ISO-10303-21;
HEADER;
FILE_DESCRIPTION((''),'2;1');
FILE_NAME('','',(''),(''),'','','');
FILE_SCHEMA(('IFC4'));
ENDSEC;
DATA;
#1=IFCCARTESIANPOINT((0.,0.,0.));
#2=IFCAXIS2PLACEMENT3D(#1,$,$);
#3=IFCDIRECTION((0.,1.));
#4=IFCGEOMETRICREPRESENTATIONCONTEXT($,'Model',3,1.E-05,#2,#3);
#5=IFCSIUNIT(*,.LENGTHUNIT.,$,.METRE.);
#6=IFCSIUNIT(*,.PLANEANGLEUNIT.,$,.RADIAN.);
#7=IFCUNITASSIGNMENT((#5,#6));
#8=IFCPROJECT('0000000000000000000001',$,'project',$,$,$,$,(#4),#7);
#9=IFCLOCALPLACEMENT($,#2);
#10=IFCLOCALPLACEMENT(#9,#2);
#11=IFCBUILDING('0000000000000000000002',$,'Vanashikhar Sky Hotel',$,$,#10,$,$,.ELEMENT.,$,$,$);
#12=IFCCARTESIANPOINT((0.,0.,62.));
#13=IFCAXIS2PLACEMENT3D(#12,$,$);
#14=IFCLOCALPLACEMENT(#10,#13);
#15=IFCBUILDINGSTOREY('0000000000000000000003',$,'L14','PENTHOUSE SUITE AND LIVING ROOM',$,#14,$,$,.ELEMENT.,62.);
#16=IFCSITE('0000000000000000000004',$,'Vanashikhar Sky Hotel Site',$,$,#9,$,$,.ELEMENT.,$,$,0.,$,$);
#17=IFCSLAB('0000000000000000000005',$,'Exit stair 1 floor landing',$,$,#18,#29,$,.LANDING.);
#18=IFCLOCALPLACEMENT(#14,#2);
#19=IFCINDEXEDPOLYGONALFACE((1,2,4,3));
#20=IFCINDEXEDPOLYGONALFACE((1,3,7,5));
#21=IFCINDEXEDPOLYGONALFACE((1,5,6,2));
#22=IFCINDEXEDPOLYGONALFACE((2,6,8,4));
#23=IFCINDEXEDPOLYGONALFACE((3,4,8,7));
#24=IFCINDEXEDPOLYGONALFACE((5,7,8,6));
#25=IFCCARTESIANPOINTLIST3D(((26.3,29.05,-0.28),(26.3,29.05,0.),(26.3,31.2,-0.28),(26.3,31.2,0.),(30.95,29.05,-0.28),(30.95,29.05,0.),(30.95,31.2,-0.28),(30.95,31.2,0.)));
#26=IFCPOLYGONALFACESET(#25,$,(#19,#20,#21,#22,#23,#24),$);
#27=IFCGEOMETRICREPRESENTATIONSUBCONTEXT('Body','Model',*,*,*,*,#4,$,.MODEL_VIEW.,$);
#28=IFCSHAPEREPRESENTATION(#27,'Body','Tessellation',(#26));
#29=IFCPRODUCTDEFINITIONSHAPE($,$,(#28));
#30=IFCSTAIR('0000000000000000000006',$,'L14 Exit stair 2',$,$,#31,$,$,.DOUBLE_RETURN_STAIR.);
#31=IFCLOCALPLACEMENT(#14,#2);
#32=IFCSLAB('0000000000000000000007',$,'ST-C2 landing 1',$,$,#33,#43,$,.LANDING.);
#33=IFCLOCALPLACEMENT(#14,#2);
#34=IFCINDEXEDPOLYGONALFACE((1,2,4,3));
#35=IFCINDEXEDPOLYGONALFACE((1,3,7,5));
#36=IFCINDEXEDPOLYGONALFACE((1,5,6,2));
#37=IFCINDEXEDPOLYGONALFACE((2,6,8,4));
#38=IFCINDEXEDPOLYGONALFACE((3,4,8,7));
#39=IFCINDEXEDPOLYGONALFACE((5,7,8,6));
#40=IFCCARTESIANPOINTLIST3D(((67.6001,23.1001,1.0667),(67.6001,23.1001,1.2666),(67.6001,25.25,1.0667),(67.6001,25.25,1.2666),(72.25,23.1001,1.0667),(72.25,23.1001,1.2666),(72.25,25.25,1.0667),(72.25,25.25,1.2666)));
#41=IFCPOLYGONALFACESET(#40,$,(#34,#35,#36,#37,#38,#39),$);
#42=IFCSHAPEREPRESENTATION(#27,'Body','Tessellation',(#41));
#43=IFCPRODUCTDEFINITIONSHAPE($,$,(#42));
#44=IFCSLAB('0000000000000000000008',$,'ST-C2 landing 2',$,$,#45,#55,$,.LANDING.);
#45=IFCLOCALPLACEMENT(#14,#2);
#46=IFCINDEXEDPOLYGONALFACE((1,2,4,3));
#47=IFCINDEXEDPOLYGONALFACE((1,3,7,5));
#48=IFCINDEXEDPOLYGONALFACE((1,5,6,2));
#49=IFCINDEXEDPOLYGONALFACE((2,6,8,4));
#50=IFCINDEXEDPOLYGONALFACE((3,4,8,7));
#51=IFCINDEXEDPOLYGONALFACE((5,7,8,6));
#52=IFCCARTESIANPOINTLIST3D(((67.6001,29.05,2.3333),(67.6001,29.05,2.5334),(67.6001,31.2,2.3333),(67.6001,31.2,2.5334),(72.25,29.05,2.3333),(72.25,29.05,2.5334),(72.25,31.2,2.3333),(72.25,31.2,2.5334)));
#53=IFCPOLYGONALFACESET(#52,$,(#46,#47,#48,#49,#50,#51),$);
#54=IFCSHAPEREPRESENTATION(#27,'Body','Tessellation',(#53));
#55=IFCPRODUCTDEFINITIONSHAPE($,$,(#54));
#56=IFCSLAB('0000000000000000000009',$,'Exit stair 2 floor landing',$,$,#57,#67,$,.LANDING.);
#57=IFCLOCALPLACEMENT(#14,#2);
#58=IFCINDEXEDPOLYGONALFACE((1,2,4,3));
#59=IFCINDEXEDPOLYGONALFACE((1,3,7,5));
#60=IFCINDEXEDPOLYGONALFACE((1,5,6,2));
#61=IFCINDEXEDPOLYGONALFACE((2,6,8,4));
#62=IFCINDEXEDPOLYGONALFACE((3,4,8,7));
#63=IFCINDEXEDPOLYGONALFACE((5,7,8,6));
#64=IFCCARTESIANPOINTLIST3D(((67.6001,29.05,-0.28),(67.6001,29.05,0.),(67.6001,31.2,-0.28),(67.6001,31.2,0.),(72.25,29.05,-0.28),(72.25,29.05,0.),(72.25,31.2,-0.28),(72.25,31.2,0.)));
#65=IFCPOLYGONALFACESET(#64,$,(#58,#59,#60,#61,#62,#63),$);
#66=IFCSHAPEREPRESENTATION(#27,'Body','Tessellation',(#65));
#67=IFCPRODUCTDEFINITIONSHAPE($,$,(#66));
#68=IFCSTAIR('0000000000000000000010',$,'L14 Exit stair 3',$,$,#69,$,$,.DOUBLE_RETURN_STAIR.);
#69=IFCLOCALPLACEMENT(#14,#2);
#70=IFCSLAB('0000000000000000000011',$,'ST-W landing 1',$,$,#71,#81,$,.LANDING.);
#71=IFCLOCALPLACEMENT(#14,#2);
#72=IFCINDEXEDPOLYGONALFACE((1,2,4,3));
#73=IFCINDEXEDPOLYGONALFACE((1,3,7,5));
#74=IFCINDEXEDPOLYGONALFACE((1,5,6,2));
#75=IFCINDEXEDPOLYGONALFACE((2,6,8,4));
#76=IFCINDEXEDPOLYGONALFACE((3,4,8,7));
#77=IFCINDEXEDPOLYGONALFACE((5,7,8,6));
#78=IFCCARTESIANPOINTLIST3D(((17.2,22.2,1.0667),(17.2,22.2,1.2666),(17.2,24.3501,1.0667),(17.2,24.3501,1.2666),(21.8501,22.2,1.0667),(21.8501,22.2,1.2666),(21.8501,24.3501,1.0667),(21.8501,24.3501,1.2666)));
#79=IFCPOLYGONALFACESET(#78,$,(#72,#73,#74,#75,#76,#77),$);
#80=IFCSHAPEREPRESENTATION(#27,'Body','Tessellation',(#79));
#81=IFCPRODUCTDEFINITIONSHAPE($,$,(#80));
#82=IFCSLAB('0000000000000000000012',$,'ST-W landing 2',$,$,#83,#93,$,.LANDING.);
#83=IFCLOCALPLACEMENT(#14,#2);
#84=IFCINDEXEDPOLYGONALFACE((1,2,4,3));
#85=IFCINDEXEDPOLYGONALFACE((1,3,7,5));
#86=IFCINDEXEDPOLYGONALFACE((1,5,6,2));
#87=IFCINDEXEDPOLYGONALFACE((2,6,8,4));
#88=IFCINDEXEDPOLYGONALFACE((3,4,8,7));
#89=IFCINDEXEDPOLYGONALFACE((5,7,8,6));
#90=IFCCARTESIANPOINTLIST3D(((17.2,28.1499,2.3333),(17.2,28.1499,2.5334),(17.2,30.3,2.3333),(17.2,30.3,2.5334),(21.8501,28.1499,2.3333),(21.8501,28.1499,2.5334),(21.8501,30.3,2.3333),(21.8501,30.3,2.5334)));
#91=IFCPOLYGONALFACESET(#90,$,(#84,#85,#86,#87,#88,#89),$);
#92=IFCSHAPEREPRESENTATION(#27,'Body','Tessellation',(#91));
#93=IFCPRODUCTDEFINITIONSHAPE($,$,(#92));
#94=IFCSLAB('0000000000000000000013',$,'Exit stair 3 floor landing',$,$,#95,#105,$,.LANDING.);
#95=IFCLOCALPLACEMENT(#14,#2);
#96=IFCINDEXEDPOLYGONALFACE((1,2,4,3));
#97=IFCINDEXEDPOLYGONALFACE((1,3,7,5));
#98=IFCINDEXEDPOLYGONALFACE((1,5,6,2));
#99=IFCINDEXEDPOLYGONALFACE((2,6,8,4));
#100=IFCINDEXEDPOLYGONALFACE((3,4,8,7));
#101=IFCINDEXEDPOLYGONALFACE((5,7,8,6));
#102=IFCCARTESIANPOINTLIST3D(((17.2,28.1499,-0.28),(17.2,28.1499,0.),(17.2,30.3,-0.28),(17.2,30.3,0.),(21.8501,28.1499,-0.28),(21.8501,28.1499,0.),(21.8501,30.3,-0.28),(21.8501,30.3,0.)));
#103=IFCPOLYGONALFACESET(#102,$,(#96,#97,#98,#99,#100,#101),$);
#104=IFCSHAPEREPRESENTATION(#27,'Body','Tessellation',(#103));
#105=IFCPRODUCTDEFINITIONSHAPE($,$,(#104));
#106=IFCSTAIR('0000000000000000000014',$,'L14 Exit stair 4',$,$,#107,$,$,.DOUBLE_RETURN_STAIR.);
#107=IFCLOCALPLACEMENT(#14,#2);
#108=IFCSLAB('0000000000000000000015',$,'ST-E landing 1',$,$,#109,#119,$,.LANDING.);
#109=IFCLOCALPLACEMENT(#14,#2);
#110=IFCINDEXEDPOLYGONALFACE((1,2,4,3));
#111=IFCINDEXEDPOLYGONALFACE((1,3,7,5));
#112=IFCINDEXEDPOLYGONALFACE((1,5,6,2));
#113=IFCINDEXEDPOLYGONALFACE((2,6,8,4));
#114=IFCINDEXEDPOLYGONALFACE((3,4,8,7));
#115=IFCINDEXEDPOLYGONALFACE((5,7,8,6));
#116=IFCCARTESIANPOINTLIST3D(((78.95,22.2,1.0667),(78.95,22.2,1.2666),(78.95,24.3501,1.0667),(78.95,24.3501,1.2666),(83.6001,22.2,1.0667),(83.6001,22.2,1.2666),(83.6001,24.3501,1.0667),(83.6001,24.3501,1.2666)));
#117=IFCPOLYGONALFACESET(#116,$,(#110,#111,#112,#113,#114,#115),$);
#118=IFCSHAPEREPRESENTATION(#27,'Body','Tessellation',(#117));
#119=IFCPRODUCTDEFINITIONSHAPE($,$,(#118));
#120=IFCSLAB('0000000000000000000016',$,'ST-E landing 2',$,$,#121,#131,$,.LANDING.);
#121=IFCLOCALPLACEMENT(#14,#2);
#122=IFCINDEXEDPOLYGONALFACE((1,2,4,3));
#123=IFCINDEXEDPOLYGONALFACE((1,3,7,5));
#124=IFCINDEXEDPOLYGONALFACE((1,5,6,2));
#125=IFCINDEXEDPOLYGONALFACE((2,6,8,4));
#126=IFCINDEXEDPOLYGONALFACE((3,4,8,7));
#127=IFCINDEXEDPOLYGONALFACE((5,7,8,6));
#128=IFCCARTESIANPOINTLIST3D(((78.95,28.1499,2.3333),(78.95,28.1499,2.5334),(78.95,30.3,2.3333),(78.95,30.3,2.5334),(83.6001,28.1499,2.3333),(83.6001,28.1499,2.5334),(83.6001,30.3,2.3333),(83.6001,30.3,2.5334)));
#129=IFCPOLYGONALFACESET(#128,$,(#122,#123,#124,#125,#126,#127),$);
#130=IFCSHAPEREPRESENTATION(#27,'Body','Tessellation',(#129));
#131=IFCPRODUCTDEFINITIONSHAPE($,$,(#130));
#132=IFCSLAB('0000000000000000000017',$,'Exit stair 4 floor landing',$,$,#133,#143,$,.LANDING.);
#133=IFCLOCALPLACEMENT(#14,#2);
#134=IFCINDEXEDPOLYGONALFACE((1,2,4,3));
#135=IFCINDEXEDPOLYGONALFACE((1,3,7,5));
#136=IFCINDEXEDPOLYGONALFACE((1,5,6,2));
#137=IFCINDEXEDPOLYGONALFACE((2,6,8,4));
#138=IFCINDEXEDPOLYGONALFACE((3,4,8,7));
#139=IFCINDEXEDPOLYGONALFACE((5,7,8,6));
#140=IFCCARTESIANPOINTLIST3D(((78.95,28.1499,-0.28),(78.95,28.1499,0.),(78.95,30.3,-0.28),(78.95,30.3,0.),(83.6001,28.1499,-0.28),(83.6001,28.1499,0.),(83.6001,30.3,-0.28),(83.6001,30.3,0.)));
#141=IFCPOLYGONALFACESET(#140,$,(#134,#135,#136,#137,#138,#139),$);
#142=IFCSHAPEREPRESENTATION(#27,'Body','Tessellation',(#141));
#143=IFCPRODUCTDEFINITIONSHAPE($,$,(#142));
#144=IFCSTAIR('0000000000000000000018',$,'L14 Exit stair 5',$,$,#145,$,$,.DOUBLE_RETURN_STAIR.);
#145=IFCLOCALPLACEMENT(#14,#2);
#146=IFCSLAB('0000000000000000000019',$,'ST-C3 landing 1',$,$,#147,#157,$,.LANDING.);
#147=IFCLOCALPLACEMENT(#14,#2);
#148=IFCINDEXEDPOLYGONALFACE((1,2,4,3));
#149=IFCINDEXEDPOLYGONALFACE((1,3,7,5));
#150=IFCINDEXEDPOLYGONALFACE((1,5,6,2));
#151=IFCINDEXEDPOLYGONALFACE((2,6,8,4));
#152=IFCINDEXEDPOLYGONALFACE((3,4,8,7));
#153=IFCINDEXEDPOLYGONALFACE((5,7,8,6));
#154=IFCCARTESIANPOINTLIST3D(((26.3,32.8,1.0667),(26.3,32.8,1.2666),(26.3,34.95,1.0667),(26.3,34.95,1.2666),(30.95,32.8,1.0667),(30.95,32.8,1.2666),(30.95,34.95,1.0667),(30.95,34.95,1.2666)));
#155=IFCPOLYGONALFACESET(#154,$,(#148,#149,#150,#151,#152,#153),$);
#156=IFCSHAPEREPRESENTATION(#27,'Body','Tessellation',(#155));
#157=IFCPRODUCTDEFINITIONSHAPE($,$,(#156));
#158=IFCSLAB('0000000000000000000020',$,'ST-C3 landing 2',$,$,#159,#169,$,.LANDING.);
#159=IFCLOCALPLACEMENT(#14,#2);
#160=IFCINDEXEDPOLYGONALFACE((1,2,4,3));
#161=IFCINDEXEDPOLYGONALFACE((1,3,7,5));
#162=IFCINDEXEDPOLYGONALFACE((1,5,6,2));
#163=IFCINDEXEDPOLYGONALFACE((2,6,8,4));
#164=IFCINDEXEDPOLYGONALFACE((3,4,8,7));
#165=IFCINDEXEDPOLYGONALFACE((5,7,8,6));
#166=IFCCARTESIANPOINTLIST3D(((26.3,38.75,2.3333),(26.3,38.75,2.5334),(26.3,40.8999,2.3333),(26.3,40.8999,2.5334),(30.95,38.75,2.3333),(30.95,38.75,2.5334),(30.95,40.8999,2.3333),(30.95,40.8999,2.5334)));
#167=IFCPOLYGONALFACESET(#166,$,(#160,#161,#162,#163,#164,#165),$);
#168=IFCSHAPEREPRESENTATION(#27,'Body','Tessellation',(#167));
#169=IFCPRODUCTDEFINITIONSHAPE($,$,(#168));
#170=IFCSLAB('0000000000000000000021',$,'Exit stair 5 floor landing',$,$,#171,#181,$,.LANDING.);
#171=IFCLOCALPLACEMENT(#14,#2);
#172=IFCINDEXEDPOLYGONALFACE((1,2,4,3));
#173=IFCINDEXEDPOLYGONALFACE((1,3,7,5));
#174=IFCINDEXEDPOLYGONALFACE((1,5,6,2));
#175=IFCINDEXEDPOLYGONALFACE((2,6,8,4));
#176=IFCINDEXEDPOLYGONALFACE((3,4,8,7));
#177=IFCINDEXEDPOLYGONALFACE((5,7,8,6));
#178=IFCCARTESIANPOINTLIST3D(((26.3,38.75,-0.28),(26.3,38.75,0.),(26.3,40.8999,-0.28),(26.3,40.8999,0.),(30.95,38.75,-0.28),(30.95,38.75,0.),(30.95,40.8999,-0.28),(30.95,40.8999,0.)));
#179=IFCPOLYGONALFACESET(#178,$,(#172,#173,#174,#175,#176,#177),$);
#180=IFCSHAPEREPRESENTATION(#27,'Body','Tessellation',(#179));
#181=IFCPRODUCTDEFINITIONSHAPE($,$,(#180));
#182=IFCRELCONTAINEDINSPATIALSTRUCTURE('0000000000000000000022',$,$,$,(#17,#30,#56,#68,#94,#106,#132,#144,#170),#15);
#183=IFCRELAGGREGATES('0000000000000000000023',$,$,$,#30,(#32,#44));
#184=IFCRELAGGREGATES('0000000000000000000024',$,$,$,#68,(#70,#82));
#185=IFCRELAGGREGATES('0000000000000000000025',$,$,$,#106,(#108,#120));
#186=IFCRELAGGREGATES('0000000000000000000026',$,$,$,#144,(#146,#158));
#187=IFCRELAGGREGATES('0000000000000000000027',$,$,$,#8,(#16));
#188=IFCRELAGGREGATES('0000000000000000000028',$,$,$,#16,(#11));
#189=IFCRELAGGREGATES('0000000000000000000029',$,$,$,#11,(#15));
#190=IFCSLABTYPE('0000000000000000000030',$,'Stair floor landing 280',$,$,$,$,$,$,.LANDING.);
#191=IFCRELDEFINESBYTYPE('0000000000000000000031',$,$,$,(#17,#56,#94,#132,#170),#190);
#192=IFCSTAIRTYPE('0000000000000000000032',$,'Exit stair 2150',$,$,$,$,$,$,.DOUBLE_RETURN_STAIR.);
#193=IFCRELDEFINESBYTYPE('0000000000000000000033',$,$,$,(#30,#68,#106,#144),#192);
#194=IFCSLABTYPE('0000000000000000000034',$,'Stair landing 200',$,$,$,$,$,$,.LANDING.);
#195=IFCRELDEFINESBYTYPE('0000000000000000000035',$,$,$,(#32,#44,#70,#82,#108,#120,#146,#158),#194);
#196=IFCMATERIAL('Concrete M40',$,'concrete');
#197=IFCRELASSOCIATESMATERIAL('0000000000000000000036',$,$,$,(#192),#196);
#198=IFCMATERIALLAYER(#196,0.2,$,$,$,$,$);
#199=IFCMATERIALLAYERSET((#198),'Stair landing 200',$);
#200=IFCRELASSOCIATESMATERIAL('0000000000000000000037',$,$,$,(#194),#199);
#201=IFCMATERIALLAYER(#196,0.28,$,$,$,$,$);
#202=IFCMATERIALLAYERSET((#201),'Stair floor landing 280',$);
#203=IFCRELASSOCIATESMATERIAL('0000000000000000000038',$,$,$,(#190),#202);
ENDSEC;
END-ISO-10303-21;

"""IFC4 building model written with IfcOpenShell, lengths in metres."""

from ifc_helpers import new_model, si_unit, direction, frame, origin, place, context, subcontext, project, spatial, polyline, outline, extrude, source, transform, mapped, material, layer, layer_set, type_object, element, aggregate, save


model = new_model("IFC4")

# Units and contexts
model_context = context("Model", 3, precision=1e-05, world=origin(), true_north=direction((0.0, 1.0)))
body_context = subcontext(model_context, "Body", "Model", "MODEL_VIEW")
ifc_project = project(units=[si_unit("LENGTHUNIT", "METRE"), si_unit("PLANEANGLEUNIT", "RADIAN")], contexts=[model_context])

# Site, building, storey
site_placement = place(None, origin())
site = spatial("IfcSite", under=ifc_project, at=site_placement, Name="Vanashikhar Sky Hotel Site", CompositionType="ELEMENT", RefElevation=0.0)
building_placement = place(site_placement, origin())
building = spatial("IfcBuilding", under=site, at=building_placement, Name="Vanashikhar Sky Hotel", CompositionType="ELEMENT")
storey_placement = place(building_placement, frame((0.0, 0.0, 62.0)))
storey = spatial("IfcBuildingStorey", under=building, at=storey_placement, Name="L14", Description="PENTHOUSE SUITE AND LIVING ROOM", CompositionType="ELEMENT", Elevation=62.0)

# Shared definitions
ifc_material_1 = material(Name="Concrete M40", Category="concrete")

# Shared definitions
stair_type = type_object("IfcStairType", Name="Exit stair 2150", PredefinedType="DOUBLE_RETURN_STAIR", material=ifc_material_1)
ifc_layer_1 = layer(ifc_material_1, 0.2)
ifc_layer_set_1 = layer_set([ifc_layer_1], Name="Stair landing 200")
slab_type_1 = type_object("IfcSlabType", Name="Stair landing 200", PredefinedType="LANDING", material=ifc_layer_set_1)

# Slab
ifc_layer_2 = layer(ifc_material_1, 0.28)
ifc_layer_set_2 = layer_set([ifc_layer_2], Name="Stair floor landing 280")
slab_type_2 = type_object("IfcSlabType", Name="Stair floor landing 280", PredefinedType="LANDING", material=ifc_layer_set_2)
shared_shape_1 = source(origin(), body_context, "Body", "SweptSolid", [
    extrude(outline(polyline([(30.95, 29.05), (30.95, 31.2), (26.3, 31.2), (26.3, 29.05), (30.95, 29.05)])), origin(), (0.0, 0.0, 1.0), 0.28),
])
slab_1_placement = place(storey_placement, frame((0.0, 0.0, -0.28)))
element("IfcSlab", 1, at=slab_1_placement, inside=storey, type_object=slab_type_2, Name="Exit stair 1 floor landing", PredefinedType="LANDING", context=body_context, shape_type="MappedRepresentation", body=[
    mapped(shared_shape_1, transform((0.0, 0.0, 0.0), scale=1.0)),
])

# Stair, slabs
stair_1_placement = place(storey_placement, origin())
stair_1 = element("IfcStair", 2, at=stair_1_placement, inside=storey, type_object=stair_type, Name="L14 Exit stair 2", PredefinedType="DOUBLE_RETURN_STAIR")
shared_shape_2 = source(origin(), body_context, "Body", "SweptSolid", [
    extrude(outline(polyline([(72.25, 23.1001), (72.25, 25.25), (67.6001, 25.25), (67.6001, 23.1001), (72.25, 23.1001)])), origin(), (0.0, 0.0, 1.0), 0.2),
])
slab_2_placement = place(storey_placement, frame((0.0, 0.0, 1.0667)))
slab_2 = element("IfcSlab", 3, at=slab_2_placement, type_object=slab_type_1, Name="ST-C2 landing 1", PredefinedType="LANDING", context=body_context, shape_type="MappedRepresentation", body=[
    mapped(shared_shape_2, transform((0.0, 0.0, 0.0), scale=1.0)),
])
shared_shape_3 = source(origin(), body_context, "Body", "SweptSolid", [
    extrude(outline(polyline([(72.25, 29.05), (72.25, 31.2), (67.6001, 31.2), (67.6001, 29.05), (72.25, 29.05)])), origin(), (0.0, 0.0, 1.0), 0.2002),
])
slab_3_placement = place(storey_placement, frame((0.0, 0.0, 2.3333)))
slab_3 = element("IfcSlab", 4, at=slab_3_placement, type_object=slab_type_1, Name="ST-C2 landing 2", PredefinedType="LANDING", context=body_context, shape_type="MappedRepresentation", body=[
    mapped(shared_shape_3, transform((0.0, 0.0, 0.0), scale=1.0)),
])
aggregate(stair_1, [slab_2, slab_3])

# Slab
shared_shape_4 = source(origin(), body_context, "Body", "SweptSolid", [
    extrude(outline(polyline([(72.25, 29.05), (72.25, 31.2), (67.6001, 31.2), (67.6001, 29.05), (72.25, 29.05)])), origin(), (0.0, 0.0, 1.0), 0.28),
])
slab_4_placement = place(storey_placement, frame((0.0, 0.0, -0.28)))
element("IfcSlab", 5, at=slab_4_placement, inside=storey, type_object=slab_type_2, Name="Exit stair 2 floor landing", PredefinedType="LANDING", context=body_context, shape_type="MappedRepresentation", body=[
    mapped(shared_shape_4, transform((0.0, 0.0, 0.0), scale=1.0)),
])

# Stair, slabs
stair_2_placement = place(storey_placement, origin())
stair_2 = element("IfcStair", 6, at=stair_2_placement, inside=storey, type_object=stair_type, Name="L14 Exit stair 3", PredefinedType="DOUBLE_RETURN_STAIR")
shared_shape_5 = source(origin(), body_context, "Body", "SweptSolid", [
    extrude(outline(polyline([(21.8501, 22.2), (21.8501, 24.3501), (17.2, 24.3501), (17.2, 22.2), (21.8501, 22.2)])), origin(), (0.0, 0.0, 1.0), 0.2),
])
slab_5_placement = place(storey_placement, frame((0.0, 0.0, 1.0667)))
slab_5 = element("IfcSlab", 7, at=slab_5_placement, type_object=slab_type_1, Name="ST-W landing 1", PredefinedType="LANDING", context=body_context, shape_type="MappedRepresentation", body=[
    mapped(shared_shape_5, transform((0.0, 0.0, 0.0), scale=1.0)),
])
shared_shape_6 = source(origin(), body_context, "Body", "SweptSolid", [
    extrude(outline(polyline([(21.8501, 28.1499), (21.8501, 30.3), (17.2, 30.3), (17.2, 28.1499), (21.8501, 28.1499)])), origin(), (0.0, 0.0, 1.0), 0.2002),
])
slab_6_placement = place(storey_placement, frame((0.0, 0.0, 2.3333)))
slab_6 = element("IfcSlab", 8, at=slab_6_placement, type_object=slab_type_1, Name="ST-W landing 2", PredefinedType="LANDING", context=body_context, shape_type="MappedRepresentation", body=[
    mapped(shared_shape_6, transform((0.0, 0.0, 0.0), scale=1.0)),
])
aggregate(stair_2, [slab_5, slab_6])

# Slab
shared_shape_7 = source(origin(), body_context, "Body", "SweptSolid", [
    extrude(outline(polyline([(21.8501, 28.1499), (21.8501, 30.3), (17.2, 30.3), (17.2, 28.1499), (21.8501, 28.1499)])), origin(), (0.0, 0.0, 1.0), 0.28),
])
slab_7_placement = place(storey_placement, frame((0.0, 0.0, -0.28)))
element("IfcSlab", 9, at=slab_7_placement, inside=storey, type_object=slab_type_2, Name="Exit stair 3 floor landing", PredefinedType="LANDING", context=body_context, shape_type="MappedRepresentation", body=[
    mapped(shared_shape_7, transform((0.0, 0.0, 0.0), scale=1.0)),
])

# Stair, slabs
stair_3_placement = place(storey_placement, origin())
stair_3 = element("IfcStair", 10, at=stair_3_placement, inside=storey, type_object=stair_type, Name="L14 Exit stair 4", PredefinedType="DOUBLE_RETURN_STAIR")
shared_shape_8 = source(origin(), body_context, "Body", "SweptSolid", [
    extrude(outline(polyline([(83.6001, 22.2), (83.6001, 24.3501), (78.95, 24.3501), (78.95, 22.2), (83.6001, 22.2)])), origin(), (0.0, 0.0, 1.0), 0.2),
])
slab_8_placement = place(storey_placement, frame((0.0, 0.0, 1.0667)))
slab_8 = element("IfcSlab", 11, at=slab_8_placement, type_object=slab_type_1, Name="ST-E landing 1", PredefinedType="LANDING", context=body_context, shape_type="MappedRepresentation", body=[
    mapped(shared_shape_8, transform((0.0, 0.0, 0.0), scale=1.0)),
])
shared_shape_9 = source(origin(), body_context, "Body", "SweptSolid", [
    extrude(outline(polyline([(83.6001, 28.1499), (83.6001, 30.3), (78.95, 30.3), (78.95, 28.1499), (83.6001, 28.1499)])), origin(), (0.0, 0.0, 1.0), 0.2002),
])
slab_9_placement = place(storey_placement, frame((0.0, 0.0, 2.3333)))
slab_9 = element("IfcSlab", 12, at=slab_9_placement, type_object=slab_type_1, Name="ST-E landing 2", PredefinedType="LANDING", context=body_context, shape_type="MappedRepresentation", body=[
    mapped(shared_shape_9, transform((0.0, 0.0, 0.0), scale=1.0)),
])
aggregate(stair_3, [slab_8, slab_9])

# Slab
shared_shape_10 = source(origin(), body_context, "Body", "SweptSolid", [
    extrude(outline(polyline([(83.6001, 28.1499), (83.6001, 30.3), (78.95, 30.3), (78.95, 28.1499), (83.6001, 28.1499)])), origin(), (0.0, 0.0, 1.0), 0.28),
])
slab_10_placement = place(storey_placement, frame((0.0, 0.0, -0.28)))
element("IfcSlab", 13, at=slab_10_placement, inside=storey, type_object=slab_type_2, Name="Exit stair 4 floor landing", PredefinedType="LANDING", context=body_context, shape_type="MappedRepresentation", body=[
    mapped(shared_shape_10, transform((0.0, 0.0, 0.0), scale=1.0)),
])

# Stair, slabs
stair_4_placement = place(storey_placement, origin())
stair_4 = element("IfcStair", 14, at=stair_4_placement, inside=storey, type_object=stair_type, Name="L14 Exit stair 5", PredefinedType="DOUBLE_RETURN_STAIR")
shared_shape_11 = source(origin(), body_context, "Body", "SweptSolid", [
    extrude(outline(polyline([(30.95, 32.8), (30.95, 34.95), (26.3, 34.95), (26.3, 32.8), (30.95, 32.8)])), origin(), (0.0, 0.0, 1.0), 0.2),
])
slab_11_placement = place(storey_placement, frame((0.0, 0.0, 1.0667)))
slab_11 = element("IfcSlab", 15, at=slab_11_placement, type_object=slab_type_1, Name="ST-C3 landing 1", PredefinedType="LANDING", context=body_context, shape_type="MappedRepresentation", body=[
    mapped(shared_shape_11, transform((0.0, 0.0, 0.0), scale=1.0)),
])
shared_shape_12 = source(origin(), body_context, "Body", "SweptSolid", [
    extrude(outline(polyline([(30.95, 38.75), (30.95, 40.8999), (26.3, 40.8999), (26.3, 38.75), (30.95, 38.75)])), origin(), (0.0, 0.0, 1.0), 0.2002),
])
slab_12_placement = place(storey_placement, frame((0.0, 0.0, 2.3333)))
slab_12 = element("IfcSlab", 16, at=slab_12_placement, type_object=slab_type_1, Name="ST-C3 landing 2", PredefinedType="LANDING", context=body_context, shape_type="MappedRepresentation", body=[
    mapped(shared_shape_12, transform((0.0, 0.0, 0.0), scale=1.0)),
])
aggregate(stair_4, [slab_11, slab_12])

# Slab
shared_shape_13 = source(origin(), body_context, "Body", "SweptSolid", [
    extrude(outline(polyline([(30.95, 38.75), (30.95, 40.8999), (26.3, 40.8999), (26.3, 38.75), (30.95, 38.75)])), origin(), (0.0, 0.0, 1.0), 0.28),
])
slab_13_placement = place(storey_placement, frame((0.0, 0.0, -0.28)))
element("IfcSlab", 17, at=slab_13_placement, inside=storey, type_object=slab_type_2, Name="Exit stair 5 floor landing", PredefinedType="LANDING", context=body_context, shape_type="MappedRepresentation", body=[
    mapped(shared_shape_13, transform((0.0, 0.0, 0.0), scale=1.0)),
])

save(model, "model.ifc")
